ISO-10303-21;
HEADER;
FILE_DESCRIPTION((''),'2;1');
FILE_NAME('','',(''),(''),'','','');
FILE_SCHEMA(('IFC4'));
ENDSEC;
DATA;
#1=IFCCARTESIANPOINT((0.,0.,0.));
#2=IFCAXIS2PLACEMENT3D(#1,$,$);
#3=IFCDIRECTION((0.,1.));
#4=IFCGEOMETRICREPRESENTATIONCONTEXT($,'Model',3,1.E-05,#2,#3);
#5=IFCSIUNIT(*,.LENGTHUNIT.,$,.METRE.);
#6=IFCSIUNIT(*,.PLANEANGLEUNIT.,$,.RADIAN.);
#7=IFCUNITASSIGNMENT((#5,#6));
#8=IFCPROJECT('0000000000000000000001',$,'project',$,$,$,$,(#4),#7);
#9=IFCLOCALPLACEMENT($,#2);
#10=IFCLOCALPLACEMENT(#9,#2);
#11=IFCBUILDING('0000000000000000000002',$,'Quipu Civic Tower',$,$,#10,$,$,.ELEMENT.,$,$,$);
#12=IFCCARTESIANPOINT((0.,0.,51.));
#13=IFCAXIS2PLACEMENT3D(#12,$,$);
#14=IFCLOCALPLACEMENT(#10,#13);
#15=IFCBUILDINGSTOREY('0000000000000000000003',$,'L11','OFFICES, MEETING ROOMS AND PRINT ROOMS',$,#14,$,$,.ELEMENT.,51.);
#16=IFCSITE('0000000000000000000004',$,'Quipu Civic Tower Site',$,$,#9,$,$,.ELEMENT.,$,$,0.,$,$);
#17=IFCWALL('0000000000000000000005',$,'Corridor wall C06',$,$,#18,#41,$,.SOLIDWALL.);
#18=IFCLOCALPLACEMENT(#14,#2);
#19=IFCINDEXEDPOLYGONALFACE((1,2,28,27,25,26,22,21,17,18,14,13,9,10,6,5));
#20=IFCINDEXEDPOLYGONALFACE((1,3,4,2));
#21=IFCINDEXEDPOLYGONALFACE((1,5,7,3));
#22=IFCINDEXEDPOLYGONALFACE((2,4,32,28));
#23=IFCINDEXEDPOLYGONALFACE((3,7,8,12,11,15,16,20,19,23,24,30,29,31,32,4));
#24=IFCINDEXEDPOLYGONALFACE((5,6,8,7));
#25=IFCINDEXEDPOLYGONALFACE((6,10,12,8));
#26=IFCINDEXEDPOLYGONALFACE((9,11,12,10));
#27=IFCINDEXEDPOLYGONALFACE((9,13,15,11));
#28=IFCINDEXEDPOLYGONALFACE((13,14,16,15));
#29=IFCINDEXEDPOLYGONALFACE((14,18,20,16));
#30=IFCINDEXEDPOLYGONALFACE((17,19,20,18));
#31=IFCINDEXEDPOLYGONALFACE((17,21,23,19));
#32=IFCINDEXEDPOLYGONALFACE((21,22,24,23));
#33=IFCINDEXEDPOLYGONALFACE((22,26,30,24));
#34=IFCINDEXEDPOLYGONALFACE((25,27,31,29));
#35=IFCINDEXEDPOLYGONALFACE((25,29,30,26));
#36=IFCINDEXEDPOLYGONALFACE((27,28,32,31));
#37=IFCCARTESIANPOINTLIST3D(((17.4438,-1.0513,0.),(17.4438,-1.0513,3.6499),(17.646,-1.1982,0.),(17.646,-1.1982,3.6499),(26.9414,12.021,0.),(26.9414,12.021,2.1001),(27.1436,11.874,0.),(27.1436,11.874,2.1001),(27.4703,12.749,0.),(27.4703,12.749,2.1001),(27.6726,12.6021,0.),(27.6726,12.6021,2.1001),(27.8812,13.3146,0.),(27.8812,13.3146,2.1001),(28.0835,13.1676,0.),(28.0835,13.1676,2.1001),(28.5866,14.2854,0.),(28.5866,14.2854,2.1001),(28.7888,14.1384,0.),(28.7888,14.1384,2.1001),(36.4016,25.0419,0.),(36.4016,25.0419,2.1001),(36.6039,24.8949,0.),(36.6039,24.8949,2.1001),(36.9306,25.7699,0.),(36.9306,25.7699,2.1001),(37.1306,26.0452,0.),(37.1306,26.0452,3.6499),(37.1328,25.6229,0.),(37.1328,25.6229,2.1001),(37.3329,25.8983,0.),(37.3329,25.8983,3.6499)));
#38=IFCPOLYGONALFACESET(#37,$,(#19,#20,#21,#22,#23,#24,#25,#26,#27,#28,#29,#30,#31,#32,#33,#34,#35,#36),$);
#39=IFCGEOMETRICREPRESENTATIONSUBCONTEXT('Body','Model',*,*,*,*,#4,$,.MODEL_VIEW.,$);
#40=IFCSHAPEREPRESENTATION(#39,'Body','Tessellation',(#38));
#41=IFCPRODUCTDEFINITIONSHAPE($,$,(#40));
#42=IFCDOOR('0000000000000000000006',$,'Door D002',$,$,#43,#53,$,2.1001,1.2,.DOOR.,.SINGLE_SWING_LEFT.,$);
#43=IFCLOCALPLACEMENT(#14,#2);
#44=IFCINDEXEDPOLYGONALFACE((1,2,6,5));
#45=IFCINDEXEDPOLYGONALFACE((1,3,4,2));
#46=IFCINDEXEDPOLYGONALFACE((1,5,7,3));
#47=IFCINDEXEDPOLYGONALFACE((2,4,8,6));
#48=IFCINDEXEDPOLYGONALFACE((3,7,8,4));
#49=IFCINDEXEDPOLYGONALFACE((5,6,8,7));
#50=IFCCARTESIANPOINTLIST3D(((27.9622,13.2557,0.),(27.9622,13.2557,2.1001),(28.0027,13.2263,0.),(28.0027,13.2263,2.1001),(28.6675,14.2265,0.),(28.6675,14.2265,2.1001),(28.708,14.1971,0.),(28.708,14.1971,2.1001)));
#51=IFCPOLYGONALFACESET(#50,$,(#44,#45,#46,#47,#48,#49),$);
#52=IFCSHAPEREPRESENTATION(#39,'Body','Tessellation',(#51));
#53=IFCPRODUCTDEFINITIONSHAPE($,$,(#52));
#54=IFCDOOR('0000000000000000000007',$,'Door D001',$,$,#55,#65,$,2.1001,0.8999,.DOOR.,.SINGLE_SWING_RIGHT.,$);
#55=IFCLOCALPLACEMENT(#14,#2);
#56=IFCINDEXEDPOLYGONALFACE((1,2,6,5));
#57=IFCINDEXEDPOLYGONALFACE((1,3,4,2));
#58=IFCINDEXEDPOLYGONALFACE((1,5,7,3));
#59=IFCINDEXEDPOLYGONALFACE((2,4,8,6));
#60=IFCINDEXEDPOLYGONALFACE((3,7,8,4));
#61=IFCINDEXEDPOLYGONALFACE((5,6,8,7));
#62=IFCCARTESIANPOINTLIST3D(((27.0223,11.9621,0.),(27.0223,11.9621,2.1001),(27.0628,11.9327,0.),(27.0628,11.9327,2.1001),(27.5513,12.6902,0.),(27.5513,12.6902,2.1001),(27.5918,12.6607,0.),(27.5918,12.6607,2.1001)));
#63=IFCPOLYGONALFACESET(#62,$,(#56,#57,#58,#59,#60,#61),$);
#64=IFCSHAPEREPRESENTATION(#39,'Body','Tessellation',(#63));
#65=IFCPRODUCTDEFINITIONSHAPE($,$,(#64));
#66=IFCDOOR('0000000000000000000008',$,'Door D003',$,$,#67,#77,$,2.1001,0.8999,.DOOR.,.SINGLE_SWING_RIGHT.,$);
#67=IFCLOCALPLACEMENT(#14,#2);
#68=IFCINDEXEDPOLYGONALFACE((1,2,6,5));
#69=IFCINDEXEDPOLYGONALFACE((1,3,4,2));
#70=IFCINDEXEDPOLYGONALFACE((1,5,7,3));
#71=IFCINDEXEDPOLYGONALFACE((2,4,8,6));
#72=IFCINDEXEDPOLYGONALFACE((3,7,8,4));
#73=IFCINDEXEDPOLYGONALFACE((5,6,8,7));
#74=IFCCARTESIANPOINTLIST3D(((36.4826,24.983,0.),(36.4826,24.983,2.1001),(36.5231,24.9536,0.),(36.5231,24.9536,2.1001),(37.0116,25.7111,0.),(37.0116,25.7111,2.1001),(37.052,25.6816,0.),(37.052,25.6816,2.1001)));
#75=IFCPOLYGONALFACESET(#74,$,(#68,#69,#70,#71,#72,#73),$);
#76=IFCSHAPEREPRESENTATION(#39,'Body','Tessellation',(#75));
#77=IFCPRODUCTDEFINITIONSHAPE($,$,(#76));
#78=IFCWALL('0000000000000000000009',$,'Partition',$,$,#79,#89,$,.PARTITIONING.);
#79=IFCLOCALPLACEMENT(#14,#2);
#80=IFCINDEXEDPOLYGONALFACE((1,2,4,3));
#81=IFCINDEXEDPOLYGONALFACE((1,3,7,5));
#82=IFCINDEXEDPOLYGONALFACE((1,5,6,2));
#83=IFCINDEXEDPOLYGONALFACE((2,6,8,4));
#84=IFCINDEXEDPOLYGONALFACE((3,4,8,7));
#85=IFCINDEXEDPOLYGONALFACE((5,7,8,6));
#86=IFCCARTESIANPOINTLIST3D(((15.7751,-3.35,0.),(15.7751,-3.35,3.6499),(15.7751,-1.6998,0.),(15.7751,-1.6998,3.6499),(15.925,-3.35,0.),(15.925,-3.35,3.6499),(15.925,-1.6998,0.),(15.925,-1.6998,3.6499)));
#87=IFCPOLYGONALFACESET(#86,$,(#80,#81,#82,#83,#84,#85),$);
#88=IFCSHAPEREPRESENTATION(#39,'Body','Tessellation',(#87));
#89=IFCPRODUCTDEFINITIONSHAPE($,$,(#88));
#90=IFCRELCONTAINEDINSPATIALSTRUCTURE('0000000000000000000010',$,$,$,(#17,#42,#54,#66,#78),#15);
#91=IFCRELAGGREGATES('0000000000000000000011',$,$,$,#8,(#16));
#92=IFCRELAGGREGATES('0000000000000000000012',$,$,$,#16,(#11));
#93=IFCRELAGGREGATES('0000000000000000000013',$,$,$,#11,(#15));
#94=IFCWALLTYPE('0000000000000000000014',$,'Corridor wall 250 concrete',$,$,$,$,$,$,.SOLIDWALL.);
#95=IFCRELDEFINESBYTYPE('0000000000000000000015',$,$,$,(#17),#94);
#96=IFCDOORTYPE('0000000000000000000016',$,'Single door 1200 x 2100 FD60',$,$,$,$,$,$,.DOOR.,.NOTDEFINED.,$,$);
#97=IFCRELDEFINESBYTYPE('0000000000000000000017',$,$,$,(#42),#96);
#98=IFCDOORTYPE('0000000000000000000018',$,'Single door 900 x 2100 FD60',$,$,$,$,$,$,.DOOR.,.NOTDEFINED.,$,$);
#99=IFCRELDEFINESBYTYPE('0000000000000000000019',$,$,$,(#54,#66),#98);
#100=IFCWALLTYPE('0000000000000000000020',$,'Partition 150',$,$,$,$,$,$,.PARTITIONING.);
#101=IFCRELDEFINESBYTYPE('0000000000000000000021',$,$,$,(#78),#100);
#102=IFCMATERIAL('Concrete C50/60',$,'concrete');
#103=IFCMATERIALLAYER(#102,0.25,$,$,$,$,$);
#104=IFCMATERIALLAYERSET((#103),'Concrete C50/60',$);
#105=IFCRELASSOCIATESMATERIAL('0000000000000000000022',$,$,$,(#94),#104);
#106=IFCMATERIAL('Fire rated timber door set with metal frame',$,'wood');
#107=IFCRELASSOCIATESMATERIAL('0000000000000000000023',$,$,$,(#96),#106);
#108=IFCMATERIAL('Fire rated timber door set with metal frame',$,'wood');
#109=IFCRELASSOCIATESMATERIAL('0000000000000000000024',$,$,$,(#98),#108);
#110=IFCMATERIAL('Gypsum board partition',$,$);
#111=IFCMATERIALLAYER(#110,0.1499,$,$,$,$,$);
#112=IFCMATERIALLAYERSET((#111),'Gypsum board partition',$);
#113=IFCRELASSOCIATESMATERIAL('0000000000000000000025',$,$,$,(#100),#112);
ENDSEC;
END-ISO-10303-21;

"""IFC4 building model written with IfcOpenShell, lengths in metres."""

from ifc_helpers import new_model, si_unit, direction, frame, frame_2d, origin, place, context, subcontext, project, spatial, rectangle, extrude, material, layer, layer_set, type_object, element, fill, save


model = new_model("IFC4")

# Units and contexts
model_context = context("Model", 3, precision=1e-05, world=origin(), true_north=direction((0.0, 1.0)))
body_context = subcontext(model_context, "Body", "Model", "MODEL_VIEW")
ifc_project = project(units=[si_unit("LENGTHUNIT", "METRE"), si_unit("PLANEANGLEUNIT", "RADIAN")], contexts=[model_context])

# Site, building, storey
site_placement = place(None, origin())
site = spatial("IfcSite", under=ifc_project, at=site_placement, Name="Quipu Civic Tower Site", CompositionType="ELEMENT", RefElevation=0.0)
building_placement = place(site_placement, origin())
building = spatial("IfcBuilding", under=site, at=building_placement, Name="Quipu Civic Tower", CompositionType="ELEMENT")
storey_placement = place(building_placement, frame((0.0, 0.0, 51.0)))
storey = spatial("IfcBuildingStorey", under=building, at=storey_placement, Name="L11", Description="OFFICES, MEETING ROOMS AND PRINT ROOMS", CompositionType="ELEMENT", Elevation=51.0)

# Wall, openings, doors
ifc_material_1 = material(Name="Concrete C50/60", Category="concrete")
ifc_layer_1 = layer(ifc_material_1, 0.25)
ifc_layer_set_1 = layer_set([ifc_layer_1], Name="Concrete C50/60")
wall_type_1 = type_object("IfcWallType", Name="Corridor wall 250 concrete", PredefinedType="SOLIDWALL", material=ifc_layer_set_1)
wall_1_placement = place(storey_placement, frame((17.5449, -1.1248, 0.0), z_axis=(0.0, 0.0, 1.0), x_axis=(0.587786, 0.809016, 0.0)))
wall_1 = element("IfcWall", 1, at=wall_1_placement, inside=storey, type_object=wall_type_1, Name="Corridor wall C06", PredefinedType="SOLIDWALL", context=body_context, shape_type="SweptSolid", body=[
    extrude(rectangle(XDim=33.4932, YDim=0.25, at=frame_2d((16.7466, 0.0))), origin(), (0.0, 0.0, 1.0), 3.6499),
])
opening_1_placement = place(wall_1_placement, frame((16.1582, 0.0, 0.0)))
opening_1 = element("IfcOpeningElement", 2, at=opening_1_placement, cuts=wall_1, PredefinedType="OPENING", context=body_context, shape_type="SweptSolid", body=[
    extrude(rectangle(XDim=0.8999, YDim=2.1001, at=frame_2d((0.45, 1.05))), frame((0.0, 0.135, 0.0), z_axis=(0.0, -1.0, 0.0), x_axis=(1.0, 0.0, 0.0)), (0.0, 0.0, 1.0), 0.27),
])
opening_2_placement = place(wall_1_placement, frame((32.2529, 0.0, 0.0)))
opening_2 = element("IfcOpeningElement", 3, at=opening_2_placement, cuts=wall_1, PredefinedType="OPENING", context=body_context, shape_type="SweptSolid", body=[
    extrude(rectangle(XDim=0.8999, YDim=2.1001, at=frame_2d((0.45, 1.05))), frame((0.0, 0.135, 0.0), z_axis=(0.0, -1.0, 0.0), x_axis=(1.0, 0.0, 0.0)), (0.0, 0.0, 1.0), 0.27),
])
opening_3_placement = place(wall_1_placement, frame((17.7571, 0.0, 0.0)))
opening_3 = element("IfcOpeningElement", 4, at=opening_3_placement, cuts=wall_1, PredefinedType="OPENING", context=body_context, shape_type="SweptSolid", body=[
    extrude(rectangle(XDim=1.2, YDim=2.1001, at=frame_2d((0.6001, 1.05))), frame((0.0, 0.135, 0.0), z_axis=(0.0, -1.0, 0.0), x_axis=(1.0, 0.0, 0.0)), (0.0, 0.0, 1.0), 0.27),
])
ifc_material_2 = material(Name="Fire rated timber door set with metal frame", Category="wood")
door_type_1 = type_object("IfcDoorType", Name="Single door 1200 x 2100 FD60", OperationType="NOTDEFINED", PredefinedType="DOOR", material=ifc_material_2)
door_1_placement = place(opening_3_placement, origin())
door_1 = element("IfcDoor", 5, at=door_1_placement, inside=storey, type_object=door_type_1, Name="Door D002", OperationType="SINGLE_SWING_LEFT", OverallHeight=2.1001, OverallWidth=1.2, PredefinedType="DOOR", context=body_context, shape_type="SweptSolid", body=[
    extrude(rectangle(XDim=1.2, YDim=2.1001, at=frame_2d((0.6001, 1.05))), frame((0.0, 0.0249, 0.0), z_axis=(0.0, -1.0, 0.0), x_axis=(1.0, 0.0, 0.0)), (0.0, 0.0, 1.0), 0.05),
])
fill(opening_3, door_1)
ifc_material_3 = material(Name="Fire rated timber door set with metal frame", Category="wood")
door_type_2 = type_object("IfcDoorType", Name="Single door 900 x 2100 FD60", OperationType="NOTDEFINED", PredefinedType="DOOR", material=ifc_material_3)
door_2_placement = place(opening_1_placement, origin())
door_2 = element("IfcDoor", 6, at=door_2_placement, inside=storey, type_object=door_type_2, Name="Door D001", OperationType="SINGLE_SWING_RIGHT", OverallHeight=2.1001, OverallWidth=0.8999, PredefinedType="DOOR", context=body_context, shape_type="SweptSolid", body=[
    extrude(rectangle(XDim=0.8999, YDim=2.1001, at=frame_2d((0.45, 1.05))), frame((0.0, 0.0249, 0.0), z_axis=(0.0, -1.0, 0.0), x_axis=(1.0, 0.0, 0.0)), (0.0, 0.0, 1.0), 0.05),
])
fill(opening_1, door_2)
door_3_placement = place(opening_2_placement, origin())
door_3 = element("IfcDoor", 7, at=door_3_placement, inside=storey, type_object=door_type_2, Name="Door D003", OperationType="SINGLE_SWING_RIGHT", OverallHeight=2.1001, OverallWidth=0.8999, PredefinedType="DOOR", context=body_context, shape_type="SweptSolid", body=[
    extrude(rectangle(XDim=0.8999, YDim=2.1001, at=frame_2d((0.45, 1.05))), frame((0.0, 0.0249, 0.0), z_axis=(0.0, -1.0, 0.0), x_axis=(1.0, 0.0, 0.0)), (0.0, 0.0, 1.0), 0.05),
])
fill(opening_2, door_3)

# Wall
ifc_material_4 = material(Name="Gypsum board partition")
ifc_layer_2 = layer(ifc_material_4, 0.1499)
ifc_layer_set_2 = layer_set([ifc_layer_2], Name="Gypsum board partition")
wall_type_2 = type_object("IfcWallType", Name="Partition 150", PredefinedType="PARTITIONING", material=ifc_layer_set_2)
wall_2_placement = place(storey_placement, frame((15.8501, -3.3501, 0.0), z_axis=(0.0, 0.0, 1.0), x_axis=(0.0, 1.0, 0.0)))
element("IfcWall", 8, at=wall_2_placement, inside=storey, type_object=wall_type_2, Name="Partition", PredefinedType="PARTITIONING", context=body_context, shape_type="SweptSolid", body=[
    extrude(rectangle(XDim=1.6501, YDim=0.1499, at=frame_2d((0.8252, 0.0))), origin(), (0.0, 0.0, 1.0), 3.6499),
])

save(model, "model.ifc")
